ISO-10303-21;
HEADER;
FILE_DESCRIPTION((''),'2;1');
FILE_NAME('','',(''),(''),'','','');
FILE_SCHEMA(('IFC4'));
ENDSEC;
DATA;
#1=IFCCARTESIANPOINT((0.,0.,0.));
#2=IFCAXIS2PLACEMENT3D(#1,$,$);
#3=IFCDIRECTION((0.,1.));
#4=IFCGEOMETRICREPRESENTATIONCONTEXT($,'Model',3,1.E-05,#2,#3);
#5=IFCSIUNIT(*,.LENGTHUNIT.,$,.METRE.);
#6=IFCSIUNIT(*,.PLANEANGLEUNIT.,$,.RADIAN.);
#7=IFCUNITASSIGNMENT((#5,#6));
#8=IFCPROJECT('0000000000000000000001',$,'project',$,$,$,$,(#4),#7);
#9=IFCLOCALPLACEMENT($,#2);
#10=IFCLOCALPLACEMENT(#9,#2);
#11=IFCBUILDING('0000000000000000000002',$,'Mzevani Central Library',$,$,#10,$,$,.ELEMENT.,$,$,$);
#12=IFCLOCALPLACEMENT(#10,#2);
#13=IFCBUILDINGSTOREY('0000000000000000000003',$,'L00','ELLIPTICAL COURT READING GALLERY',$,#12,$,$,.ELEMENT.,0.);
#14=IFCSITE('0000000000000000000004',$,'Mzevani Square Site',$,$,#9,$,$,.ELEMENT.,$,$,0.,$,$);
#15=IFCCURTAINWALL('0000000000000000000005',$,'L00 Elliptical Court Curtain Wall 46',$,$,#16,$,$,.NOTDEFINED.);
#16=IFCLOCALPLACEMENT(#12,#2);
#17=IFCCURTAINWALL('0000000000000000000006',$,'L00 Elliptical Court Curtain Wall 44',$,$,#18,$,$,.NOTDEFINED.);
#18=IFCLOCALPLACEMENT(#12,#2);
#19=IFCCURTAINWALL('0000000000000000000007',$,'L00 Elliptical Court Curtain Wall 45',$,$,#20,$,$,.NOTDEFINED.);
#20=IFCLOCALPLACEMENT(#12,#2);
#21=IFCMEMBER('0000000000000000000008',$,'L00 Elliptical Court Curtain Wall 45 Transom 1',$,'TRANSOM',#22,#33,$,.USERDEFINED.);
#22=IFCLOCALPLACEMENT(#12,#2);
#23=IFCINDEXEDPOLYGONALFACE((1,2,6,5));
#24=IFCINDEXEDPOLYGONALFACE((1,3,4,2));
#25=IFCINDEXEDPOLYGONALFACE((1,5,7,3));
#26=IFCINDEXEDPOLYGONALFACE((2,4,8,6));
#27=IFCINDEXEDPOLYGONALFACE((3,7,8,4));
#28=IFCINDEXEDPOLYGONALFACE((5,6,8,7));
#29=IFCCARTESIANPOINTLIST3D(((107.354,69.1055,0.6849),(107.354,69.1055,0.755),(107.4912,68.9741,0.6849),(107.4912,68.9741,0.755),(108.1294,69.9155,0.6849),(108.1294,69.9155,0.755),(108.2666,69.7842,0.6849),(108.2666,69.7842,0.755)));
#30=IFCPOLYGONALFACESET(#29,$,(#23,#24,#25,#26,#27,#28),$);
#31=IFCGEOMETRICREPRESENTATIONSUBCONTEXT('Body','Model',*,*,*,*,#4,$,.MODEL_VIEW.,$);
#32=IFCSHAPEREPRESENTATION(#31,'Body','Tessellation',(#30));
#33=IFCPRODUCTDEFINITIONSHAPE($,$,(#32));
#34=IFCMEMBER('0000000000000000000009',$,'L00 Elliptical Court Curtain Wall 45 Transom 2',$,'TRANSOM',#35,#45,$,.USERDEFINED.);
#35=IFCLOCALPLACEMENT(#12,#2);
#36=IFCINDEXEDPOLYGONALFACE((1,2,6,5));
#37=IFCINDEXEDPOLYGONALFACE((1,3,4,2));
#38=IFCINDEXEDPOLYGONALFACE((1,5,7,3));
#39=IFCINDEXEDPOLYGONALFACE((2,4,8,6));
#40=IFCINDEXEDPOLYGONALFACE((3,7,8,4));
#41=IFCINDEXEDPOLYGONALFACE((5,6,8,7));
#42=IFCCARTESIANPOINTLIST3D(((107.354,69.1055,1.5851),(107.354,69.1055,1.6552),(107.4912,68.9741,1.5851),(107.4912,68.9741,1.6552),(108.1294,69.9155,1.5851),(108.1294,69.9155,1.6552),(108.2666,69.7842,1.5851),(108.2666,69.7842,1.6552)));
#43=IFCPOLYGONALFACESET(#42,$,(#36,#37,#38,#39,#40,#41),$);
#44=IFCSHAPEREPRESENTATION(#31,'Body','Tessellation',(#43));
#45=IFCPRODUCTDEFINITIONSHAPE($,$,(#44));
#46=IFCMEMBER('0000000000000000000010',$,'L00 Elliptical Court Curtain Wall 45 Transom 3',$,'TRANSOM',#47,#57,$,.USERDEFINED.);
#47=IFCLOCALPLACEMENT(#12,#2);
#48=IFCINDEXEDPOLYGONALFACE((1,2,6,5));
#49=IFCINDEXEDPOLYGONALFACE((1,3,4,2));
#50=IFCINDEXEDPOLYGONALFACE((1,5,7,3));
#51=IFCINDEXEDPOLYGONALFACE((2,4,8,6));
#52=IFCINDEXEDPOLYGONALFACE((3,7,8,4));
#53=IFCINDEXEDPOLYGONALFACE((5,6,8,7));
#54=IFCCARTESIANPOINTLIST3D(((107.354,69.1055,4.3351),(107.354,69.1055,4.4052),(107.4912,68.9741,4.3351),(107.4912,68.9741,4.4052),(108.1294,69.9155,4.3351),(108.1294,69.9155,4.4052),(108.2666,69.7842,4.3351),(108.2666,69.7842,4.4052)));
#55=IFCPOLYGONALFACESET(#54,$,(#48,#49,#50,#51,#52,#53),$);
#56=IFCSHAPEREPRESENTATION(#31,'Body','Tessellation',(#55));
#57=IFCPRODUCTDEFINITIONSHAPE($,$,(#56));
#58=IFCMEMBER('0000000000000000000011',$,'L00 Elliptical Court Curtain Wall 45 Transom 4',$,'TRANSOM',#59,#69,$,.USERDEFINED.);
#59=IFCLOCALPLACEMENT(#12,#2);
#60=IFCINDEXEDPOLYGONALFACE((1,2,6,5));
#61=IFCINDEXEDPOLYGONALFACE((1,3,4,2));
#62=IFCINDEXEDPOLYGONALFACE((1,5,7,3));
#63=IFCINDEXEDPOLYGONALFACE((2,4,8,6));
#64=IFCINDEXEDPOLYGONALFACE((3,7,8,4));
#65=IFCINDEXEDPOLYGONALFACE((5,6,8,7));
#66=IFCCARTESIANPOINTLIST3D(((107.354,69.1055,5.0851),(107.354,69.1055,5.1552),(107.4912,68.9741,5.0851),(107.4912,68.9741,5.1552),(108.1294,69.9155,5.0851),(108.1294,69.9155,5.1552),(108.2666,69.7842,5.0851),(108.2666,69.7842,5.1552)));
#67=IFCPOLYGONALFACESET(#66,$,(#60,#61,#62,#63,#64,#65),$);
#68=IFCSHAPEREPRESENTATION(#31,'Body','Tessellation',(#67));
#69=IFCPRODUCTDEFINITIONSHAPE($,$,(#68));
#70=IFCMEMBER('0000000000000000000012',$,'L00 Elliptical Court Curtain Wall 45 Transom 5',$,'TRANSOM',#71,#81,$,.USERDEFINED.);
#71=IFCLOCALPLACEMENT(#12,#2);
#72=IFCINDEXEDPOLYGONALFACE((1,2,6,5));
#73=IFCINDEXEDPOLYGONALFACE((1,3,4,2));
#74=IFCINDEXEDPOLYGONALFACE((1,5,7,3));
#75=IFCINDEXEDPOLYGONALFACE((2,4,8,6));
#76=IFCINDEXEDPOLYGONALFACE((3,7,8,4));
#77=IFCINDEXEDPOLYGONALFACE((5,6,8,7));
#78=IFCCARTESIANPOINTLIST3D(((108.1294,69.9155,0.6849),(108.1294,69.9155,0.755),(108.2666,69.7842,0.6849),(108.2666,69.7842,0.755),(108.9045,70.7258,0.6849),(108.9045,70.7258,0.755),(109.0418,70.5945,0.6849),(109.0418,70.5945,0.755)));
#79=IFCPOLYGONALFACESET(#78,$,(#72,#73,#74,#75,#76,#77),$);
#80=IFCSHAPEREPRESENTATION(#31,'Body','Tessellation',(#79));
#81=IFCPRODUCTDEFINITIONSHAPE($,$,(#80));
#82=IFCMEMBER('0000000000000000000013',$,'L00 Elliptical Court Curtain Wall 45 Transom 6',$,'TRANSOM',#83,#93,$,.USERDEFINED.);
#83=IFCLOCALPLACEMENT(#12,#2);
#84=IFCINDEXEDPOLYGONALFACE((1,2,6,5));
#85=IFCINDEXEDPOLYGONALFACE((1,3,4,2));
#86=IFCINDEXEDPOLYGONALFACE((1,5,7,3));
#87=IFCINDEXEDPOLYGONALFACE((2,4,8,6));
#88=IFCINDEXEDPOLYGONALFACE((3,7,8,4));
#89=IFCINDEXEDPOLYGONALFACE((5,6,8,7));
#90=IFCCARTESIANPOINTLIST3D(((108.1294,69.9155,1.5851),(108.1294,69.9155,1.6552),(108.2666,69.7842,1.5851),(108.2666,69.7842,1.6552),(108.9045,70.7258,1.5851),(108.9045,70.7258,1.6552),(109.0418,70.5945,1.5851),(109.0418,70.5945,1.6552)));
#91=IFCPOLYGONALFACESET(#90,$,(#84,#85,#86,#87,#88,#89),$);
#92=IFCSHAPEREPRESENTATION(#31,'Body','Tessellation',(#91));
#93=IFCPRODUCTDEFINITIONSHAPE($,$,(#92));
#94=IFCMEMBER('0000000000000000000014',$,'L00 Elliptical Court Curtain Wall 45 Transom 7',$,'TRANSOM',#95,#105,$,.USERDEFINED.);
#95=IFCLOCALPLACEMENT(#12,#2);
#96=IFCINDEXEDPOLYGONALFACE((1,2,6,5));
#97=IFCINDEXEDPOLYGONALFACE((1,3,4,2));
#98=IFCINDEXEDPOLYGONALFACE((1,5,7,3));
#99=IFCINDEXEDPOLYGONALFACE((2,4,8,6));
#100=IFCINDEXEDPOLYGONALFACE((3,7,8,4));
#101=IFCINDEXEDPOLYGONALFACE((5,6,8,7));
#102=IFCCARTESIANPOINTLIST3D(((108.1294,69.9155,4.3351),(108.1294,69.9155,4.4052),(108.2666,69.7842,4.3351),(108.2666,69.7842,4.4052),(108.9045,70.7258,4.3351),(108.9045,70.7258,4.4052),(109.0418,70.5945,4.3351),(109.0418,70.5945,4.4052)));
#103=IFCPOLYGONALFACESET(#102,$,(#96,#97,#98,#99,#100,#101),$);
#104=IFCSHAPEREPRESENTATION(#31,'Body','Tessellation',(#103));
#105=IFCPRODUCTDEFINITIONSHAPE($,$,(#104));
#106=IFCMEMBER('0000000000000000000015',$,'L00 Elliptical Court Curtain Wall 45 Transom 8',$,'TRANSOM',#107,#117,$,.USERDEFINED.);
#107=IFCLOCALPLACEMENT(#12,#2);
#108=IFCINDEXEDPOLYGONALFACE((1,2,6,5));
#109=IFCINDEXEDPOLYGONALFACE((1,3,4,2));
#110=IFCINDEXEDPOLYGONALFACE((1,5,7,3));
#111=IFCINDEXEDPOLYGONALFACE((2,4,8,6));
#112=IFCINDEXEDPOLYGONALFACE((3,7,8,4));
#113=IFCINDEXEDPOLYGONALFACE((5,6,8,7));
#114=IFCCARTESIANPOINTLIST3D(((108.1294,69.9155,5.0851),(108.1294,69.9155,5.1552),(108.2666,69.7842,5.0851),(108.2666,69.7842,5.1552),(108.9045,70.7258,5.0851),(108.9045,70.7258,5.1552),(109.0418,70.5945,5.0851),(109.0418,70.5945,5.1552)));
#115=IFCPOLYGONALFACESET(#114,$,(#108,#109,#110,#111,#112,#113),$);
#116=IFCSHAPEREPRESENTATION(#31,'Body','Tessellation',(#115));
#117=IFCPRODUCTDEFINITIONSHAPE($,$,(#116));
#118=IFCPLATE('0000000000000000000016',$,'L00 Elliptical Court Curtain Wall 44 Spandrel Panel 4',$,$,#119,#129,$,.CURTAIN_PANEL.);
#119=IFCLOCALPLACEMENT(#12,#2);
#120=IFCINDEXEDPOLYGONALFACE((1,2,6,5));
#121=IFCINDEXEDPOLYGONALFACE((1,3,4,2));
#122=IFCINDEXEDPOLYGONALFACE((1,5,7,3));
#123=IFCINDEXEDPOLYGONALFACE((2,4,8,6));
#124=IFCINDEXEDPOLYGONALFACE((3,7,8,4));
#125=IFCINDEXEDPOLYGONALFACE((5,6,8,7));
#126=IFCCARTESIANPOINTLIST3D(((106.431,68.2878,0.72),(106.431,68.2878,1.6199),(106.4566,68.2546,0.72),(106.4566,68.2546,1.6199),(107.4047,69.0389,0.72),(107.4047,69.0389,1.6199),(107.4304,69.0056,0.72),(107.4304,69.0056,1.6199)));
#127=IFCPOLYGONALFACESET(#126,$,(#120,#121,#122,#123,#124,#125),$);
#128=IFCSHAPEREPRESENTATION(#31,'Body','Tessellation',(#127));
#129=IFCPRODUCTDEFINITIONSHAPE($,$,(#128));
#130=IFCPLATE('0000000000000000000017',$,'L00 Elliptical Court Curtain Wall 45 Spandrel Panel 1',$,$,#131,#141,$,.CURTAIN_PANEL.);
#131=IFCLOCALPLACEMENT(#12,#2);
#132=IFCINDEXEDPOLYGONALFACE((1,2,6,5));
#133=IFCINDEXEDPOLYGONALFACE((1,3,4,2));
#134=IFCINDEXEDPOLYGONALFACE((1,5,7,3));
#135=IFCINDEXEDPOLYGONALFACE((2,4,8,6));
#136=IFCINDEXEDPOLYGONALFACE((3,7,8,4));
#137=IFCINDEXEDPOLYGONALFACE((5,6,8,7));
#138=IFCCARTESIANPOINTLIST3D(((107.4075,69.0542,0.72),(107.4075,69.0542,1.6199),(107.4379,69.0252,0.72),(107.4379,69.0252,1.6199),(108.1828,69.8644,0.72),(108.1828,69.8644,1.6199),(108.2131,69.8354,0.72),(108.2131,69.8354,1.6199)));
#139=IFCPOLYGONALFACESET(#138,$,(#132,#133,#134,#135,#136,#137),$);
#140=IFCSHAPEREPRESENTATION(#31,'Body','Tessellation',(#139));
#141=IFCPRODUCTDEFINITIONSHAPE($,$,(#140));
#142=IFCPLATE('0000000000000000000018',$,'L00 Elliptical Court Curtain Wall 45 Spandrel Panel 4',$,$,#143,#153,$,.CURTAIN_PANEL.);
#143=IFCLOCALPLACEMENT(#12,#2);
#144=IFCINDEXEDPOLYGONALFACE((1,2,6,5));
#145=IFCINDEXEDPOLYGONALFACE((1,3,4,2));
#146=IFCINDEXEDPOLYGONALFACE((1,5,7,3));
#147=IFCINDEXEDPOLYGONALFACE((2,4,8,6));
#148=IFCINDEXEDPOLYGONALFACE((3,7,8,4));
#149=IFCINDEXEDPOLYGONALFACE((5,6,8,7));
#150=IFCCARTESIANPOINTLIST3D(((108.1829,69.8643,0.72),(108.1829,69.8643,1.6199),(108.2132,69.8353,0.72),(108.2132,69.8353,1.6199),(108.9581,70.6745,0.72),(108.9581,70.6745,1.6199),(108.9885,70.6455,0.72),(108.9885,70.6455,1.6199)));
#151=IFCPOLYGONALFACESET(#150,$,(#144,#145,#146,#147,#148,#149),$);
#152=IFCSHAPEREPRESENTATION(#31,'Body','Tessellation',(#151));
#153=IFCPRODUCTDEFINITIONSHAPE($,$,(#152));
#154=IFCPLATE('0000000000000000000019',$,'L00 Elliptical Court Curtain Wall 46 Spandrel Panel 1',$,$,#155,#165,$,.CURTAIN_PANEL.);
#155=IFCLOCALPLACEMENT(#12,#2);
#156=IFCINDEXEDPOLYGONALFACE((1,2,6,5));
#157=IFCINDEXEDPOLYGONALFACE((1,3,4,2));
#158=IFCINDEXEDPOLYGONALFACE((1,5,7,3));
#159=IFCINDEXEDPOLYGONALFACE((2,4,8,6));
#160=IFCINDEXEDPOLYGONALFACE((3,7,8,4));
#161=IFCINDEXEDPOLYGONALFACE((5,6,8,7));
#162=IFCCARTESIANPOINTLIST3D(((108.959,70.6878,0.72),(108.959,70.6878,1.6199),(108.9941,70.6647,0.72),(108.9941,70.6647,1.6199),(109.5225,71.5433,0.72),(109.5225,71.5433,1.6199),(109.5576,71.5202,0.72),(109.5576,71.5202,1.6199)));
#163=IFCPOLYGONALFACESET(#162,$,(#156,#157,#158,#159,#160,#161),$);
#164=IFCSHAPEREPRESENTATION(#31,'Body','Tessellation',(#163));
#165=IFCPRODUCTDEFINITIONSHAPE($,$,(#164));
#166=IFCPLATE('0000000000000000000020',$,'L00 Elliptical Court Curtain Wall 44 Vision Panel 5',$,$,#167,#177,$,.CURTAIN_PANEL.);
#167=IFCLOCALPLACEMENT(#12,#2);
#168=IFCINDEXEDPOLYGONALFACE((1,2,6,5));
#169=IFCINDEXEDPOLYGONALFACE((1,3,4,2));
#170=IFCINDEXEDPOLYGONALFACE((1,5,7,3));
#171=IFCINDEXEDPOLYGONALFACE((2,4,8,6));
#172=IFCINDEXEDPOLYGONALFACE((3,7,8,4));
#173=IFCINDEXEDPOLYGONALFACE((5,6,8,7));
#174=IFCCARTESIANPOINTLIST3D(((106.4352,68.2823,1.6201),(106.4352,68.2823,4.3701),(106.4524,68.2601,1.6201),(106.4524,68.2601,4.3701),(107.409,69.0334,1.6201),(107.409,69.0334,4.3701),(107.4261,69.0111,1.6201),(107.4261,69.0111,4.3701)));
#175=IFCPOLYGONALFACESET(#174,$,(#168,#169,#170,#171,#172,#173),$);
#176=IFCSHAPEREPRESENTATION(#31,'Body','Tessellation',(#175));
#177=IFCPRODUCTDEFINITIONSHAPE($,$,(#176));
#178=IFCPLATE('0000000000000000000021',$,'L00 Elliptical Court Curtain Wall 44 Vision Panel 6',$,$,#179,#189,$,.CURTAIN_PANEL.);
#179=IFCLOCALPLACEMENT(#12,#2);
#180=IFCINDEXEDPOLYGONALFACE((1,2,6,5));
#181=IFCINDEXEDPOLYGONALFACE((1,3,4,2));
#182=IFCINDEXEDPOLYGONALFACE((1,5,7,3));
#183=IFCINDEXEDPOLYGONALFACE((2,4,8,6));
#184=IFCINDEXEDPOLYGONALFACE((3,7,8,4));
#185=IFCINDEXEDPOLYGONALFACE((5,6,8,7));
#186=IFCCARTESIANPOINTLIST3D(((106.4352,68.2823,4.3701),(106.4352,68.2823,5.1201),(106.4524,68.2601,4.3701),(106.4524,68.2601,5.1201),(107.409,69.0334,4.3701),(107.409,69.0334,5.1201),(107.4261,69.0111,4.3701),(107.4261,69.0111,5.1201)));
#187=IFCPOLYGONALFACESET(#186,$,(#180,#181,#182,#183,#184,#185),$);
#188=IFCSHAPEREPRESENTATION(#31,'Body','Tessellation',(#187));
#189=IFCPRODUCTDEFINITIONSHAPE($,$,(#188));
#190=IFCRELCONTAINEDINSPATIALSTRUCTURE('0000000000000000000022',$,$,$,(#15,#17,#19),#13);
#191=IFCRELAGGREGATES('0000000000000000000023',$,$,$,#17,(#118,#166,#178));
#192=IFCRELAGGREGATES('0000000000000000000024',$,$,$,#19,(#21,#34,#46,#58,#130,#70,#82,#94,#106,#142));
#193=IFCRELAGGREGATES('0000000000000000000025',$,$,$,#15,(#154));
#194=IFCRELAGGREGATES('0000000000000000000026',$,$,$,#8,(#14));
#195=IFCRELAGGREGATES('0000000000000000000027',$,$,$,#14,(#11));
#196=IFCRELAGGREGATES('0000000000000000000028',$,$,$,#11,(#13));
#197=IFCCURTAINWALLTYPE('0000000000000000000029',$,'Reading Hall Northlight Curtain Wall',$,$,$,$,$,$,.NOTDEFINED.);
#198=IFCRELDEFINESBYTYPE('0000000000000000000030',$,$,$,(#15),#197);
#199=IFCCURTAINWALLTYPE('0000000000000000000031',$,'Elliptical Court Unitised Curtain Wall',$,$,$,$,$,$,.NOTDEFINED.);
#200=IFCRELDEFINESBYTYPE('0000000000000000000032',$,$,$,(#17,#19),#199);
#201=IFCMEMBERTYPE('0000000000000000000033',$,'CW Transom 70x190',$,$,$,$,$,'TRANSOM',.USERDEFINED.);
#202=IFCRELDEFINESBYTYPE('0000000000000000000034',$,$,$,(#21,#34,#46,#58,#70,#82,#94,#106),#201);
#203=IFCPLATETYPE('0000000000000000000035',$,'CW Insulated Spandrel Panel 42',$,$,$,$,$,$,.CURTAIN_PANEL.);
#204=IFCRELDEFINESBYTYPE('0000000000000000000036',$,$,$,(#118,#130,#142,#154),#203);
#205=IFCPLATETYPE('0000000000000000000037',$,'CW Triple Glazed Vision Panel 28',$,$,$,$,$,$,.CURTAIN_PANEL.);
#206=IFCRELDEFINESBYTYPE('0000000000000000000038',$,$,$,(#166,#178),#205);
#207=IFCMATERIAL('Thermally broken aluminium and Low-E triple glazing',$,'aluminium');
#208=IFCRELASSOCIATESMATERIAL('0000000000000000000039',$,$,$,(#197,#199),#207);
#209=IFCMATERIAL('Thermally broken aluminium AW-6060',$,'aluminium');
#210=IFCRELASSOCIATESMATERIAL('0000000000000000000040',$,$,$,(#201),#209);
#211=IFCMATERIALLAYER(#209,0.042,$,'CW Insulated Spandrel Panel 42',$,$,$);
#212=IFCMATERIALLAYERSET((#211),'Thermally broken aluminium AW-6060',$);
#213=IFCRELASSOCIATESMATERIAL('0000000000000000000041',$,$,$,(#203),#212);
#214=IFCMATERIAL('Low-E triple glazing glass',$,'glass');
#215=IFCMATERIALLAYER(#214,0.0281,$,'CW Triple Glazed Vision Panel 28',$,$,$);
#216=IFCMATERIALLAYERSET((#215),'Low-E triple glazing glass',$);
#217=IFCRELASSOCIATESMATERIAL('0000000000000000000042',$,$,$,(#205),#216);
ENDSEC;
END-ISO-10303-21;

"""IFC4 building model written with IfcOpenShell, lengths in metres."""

from ifc_helpers import new_model, si_unit, direction, frame, origin, origin_2d, place, context, subcontext, project, spatial, rectangle, extrude, material, layer, layer_set, material_profile, profile_set, type_object, element, aggregate, save


model = new_model("IFC4")

# Units and contexts
model_context = context("Model", 3, precision=1e-05, world=origin(), true_north=direction((0.0, 1.0)))
body_context = subcontext(model_context, "Body", "Model", "MODEL_VIEW")
ifc_project = project(units=[si_unit("LENGTHUNIT", "METRE"), si_unit("PLANEANGLEUNIT", "RADIAN")], contexts=[model_context])

# Site, building, storey
site_placement = place(None, origin())
site = spatial("IfcSite", under=ifc_project, at=site_placement, Name="Mzevani Square Site", CompositionType="ELEMENT", RefElevation=0.0)
building_placement = place(site_placement, origin())
building = spatial("IfcBuilding", under=site, at=building_placement, Name="Mzevani Central Library", CompositionType="ELEMENT")
storey_placement = place(building_placement, origin())
storey = spatial("IfcBuildingStorey", under=building, at=storey_placement, Name="L00", Description="ELLIPTICAL COURT READING GALLERY", CompositionType="ELEMENT", Elevation=0.0)

# Curtain walls
ifc_material_1 = material(Name="Thermally broken aluminium and Low-E triple glazing", Category="aluminium")
curtain_wall_type_1 = type_object("IfcCurtainWallType", Name="Reading Hall Northlight Curtain Wall", PredefinedType="NOTDEFINED", material=ifc_material_1)
curtain_wall_1_placement = place(storey_placement, origin())
curtain_wall_1 = element("IfcCurtainWall", 1, at=curtain_wall_1_placement, inside=storey, type_object=curtain_wall_type_1, Name="L00 Elliptical Court Curtain Wall 46", PredefinedType="NOTDEFINED")
ifc_material_2 = material(Name="Thermally broken aluminium AW-6060", Category="aluminium")
curtain_wall_type_2 = type_object("IfcCurtainWallType", Name="Elliptical Court Unitised Curtain Wall", PredefinedType="NOTDEFINED", material=ifc_material_1)
curtain_wall_2_placement = place(storey_placement, origin())
curtain_wall_2 = element("IfcCurtainWall", 2, at=curtain_wall_2_placement, inside=storey, type_object=curtain_wall_type_2, Name="L00 Elliptical Court Curtain Wall 44", PredefinedType="NOTDEFINED")

# Curtain wall
curtain_wall_3_placement = place(storey_placement, origin())
curtain_wall_3 = element("IfcCurtainWall", 3, at=curtain_wall_3_placement, inside=storey, type_object=curtain_wall_type_2, Name="L00 Elliptical Court Curtain Wall 45", PredefinedType="NOTDEFINED")

# Members
ifc_material_profile_1 = material_profile(ifc_material_2, rectangle(XDim=0.1899, YDim=0.0701, at=origin_2d()), Name="ALU T70x190")
ifc_profile_set_1 = profile_set([ifc_material_profile_1], Name="Thermally broken aluminium AW-6060")
member_type_1 = type_object("IfcMemberType", Name="CW Transom 70x190", ElementType="TRANSOM", PredefinedType="USERDEFINED", material=ifc_profile_set_1)
member_1_placement = place(storey_placement, frame((107.4226, 69.0398, 0.72), z_axis=(0.69148, 0.722396, 0.0), x_axis=(-0.722396, 0.69148, 0.0)))
member_1 = element("IfcMember", 4, at=member_1_placement, type_object=member_type_1, Name="L00 Elliptical Court Curtain Wall 45 Transom 1", ObjectType="TRANSOM", PredefinedType="USERDEFINED", context=body_context, shape_type="SweptSolid", body=[
    extrude(rectangle(XDim=0.1899, YDim=0.0701, at=origin_2d()), origin(), (0.0, 0.0, 1.0), 1.1213),
])
member_2_placement = place(storey_placement, frame((107.4226, 69.0398, 1.6201), z_axis=(0.69148, 0.722396, 0.0), x_axis=(-0.722396, 0.69148, 0.0)))
member_2 = element("IfcMember", 5, at=member_2_placement, type_object=member_type_1, Name="L00 Elliptical Court Curtain Wall 45 Transom 2", ObjectType="TRANSOM", PredefinedType="USERDEFINED", context=body_context, shape_type="SweptSolid", body=[
    extrude(rectangle(XDim=0.1899, YDim=0.0701, at=origin_2d()), origin(), (0.0, 0.0, 1.0), 1.1213),
])
member_3_placement = place(storey_placement, frame((107.4226, 69.0398, 4.3701), z_axis=(0.69148, 0.722396, 0.0), x_axis=(-0.722396, 0.69148, 0.0)))
member_3 = element("IfcMember", 6, at=member_3_placement, type_object=member_type_1, Name="L00 Elliptical Court Curtain Wall 45 Transom 3", ObjectType="TRANSOM", PredefinedType="USERDEFINED", context=body_context, shape_type="SweptSolid", body=[
    extrude(rectangle(XDim=0.1899, YDim=0.0701, at=origin_2d()), origin(), (0.0, 0.0, 1.0), 1.1213),
])
member_4_placement = place(storey_placement, frame((107.4226, 69.0398, 5.1201), z_axis=(0.69148, 0.722396, 0.0), x_axis=(-0.722396, 0.69148, 0.0)))
member_4 = element("IfcMember", 7, at=member_4_placement, type_object=member_type_1, Name="L00 Elliptical Court Curtain Wall 45 Transom 4", ObjectType="TRANSOM", PredefinedType="USERDEFINED", context=body_context, shape_type="SweptSolid", body=[
    extrude(rectangle(XDim=0.1899, YDim=0.0701, at=origin_2d()), origin(), (0.0, 0.0, 1.0), 1.1213),
])
member_5_placement = place(storey_placement, frame((108.198, 69.8499, 0.72), z_axis=(0.691257, 0.722609, 0.0), x_axis=(-0.722609, 0.691257, 0.0)))
member_5 = element("IfcMember", 8, at=member_5_placement, type_object=member_type_1, Name="L00 Elliptical Court Curtain Wall 45 Transom 5", ObjectType="TRANSOM", PredefinedType="USERDEFINED", context=body_context, shape_type="SweptSolid", body=[
    extrude(rectangle(XDim=0.1899, YDim=0.0701, at=origin_2d()), origin(), (0.0, 0.0, 1.0), 1.1213),
])
member_6_placement = place(storey_placement, frame((108.198, 69.8499, 1.6201), z_axis=(0.691257, 0.722609, 0.0), x_axis=(-0.722609, 0.691257, 0.0)))
member_6 = element("IfcMember", 9, at=member_6_placement, type_object=member_type_1, Name="L00 Elliptical Court Curtain Wall 45 Transom 6", ObjectType="TRANSOM", PredefinedType="USERDEFINED", context=body_context, shape_type="SweptSolid", body=[
    extrude(rectangle(XDim=0.1899, YDim=0.0701, at=origin_2d()), origin(), (0.0, 0.0, 1.0), 1.1213),
])
member_7_placement = place(storey_placement, frame((108.198, 69.8499, 4.3701), z_axis=(0.691257, 0.722609, 0.0), x_axis=(-0.722609, 0.691257, 0.0)))
member_7 = element("IfcMember", 10, at=member_7_placement, type_object=member_type_1, Name="L00 Elliptical Court Curtain Wall 45 Transom 7", ObjectType="TRANSOM", PredefinedType="USERDEFINED", context=body_context, shape_type="SweptSolid", body=[
    extrude(rectangle(XDim=0.1899, YDim=0.0701, at=origin_2d()), origin(), (0.0, 0.0, 1.0), 1.1213),
])
member_8_placement = place(storey_placement, frame((108.198, 69.8499, 5.1201), z_axis=(0.691257, 0.722609, 0.0), x_axis=(-0.722609, 0.691257, 0.0)))
member_8 = element("IfcMember", 11, at=member_8_placement, type_object=member_type_1, Name="L00 Elliptical Court Curtain Wall 45 Transom 8", ObjectType="TRANSOM", PredefinedType="USERDEFINED", context=body_context, shape_type="SweptSolid", body=[
    extrude(rectangle(XDim=0.1899, YDim=0.0701, at=origin_2d()), origin(), (0.0, 0.0, 1.0), 1.1213),
])

# Plates
ifc_layer_1 = layer(ifc_material_2, 0.042, Name="CW Insulated Spandrel Panel 42")
ifc_layer_set_1 = layer_set([ifc_layer_1], Name="Thermally broken aluminium AW-6060")
plate_type_1 = type_object("IfcPlateType", Name="CW Insulated Spandrel Panel 42", PredefinedType="CURTAIN_PANEL", material=ifc_layer_set_1)
plate_1_placement = place(storey_placement, frame((106.9307, 68.6467, 0.72), z_axis=(0.0, 0.0, 1.0), x_axis=(0.791828, 0.610744, 0.0)))
plate_1 = element("IfcPlate", 12, at=plate_1_placement, type_object=plate_type_1, Name="L00 Elliptical Court Curtain Wall 44 Spandrel Panel 4", PredefinedType="CURTAIN_PANEL", context=body_context, shape_type="SweptSolid", body=[
    extrude(rectangle(XDim=1.2297, YDim=0.042, at=origin_2d()), origin(), (0.0, 0.0, 1.0), 0.8999),
])
plate_2_placement = place(storey_placement, frame((107.8103, 69.4448, 0.72), z_axis=(0.0, 0.0, 1.0), x_axis=(0.691352, 0.722518, 0.0)))
plate_2 = element("IfcPlate", 13, at=plate_2_placement, type_object=plate_type_1, Name="L00 Elliptical Court Curtain Wall 45 Spandrel Panel 1", PredefinedType="CURTAIN_PANEL", context=body_context, shape_type="SweptSolid", body=[
    extrude(rectangle(XDim=1.1213, YDim=0.042, at=origin_2d()), origin(), (0.0, 0.0, 1.0), 0.8999),
])
plate_3_placement = place(storey_placement, frame((108.5857, 70.2549, 0.72), z_axis=(0.0, 0.0, 1.0), x_axis=(0.691352, 0.722518, 0.0)))
plate_3 = element("IfcPlate", 14, at=plate_3_placement, type_object=plate_type_1, Name="L00 Elliptical Court Curtain Wall 45 Spandrel Panel 4", PredefinedType="CURTAIN_PANEL", context=body_context, shape_type="SweptSolid", body=[
    extrude(rectangle(XDim=1.1213, YDim=0.042, at=origin_2d()), origin(), (0.0, 0.0, 1.0), 0.8999),
])
plate_4_placement = place(storey_placement, frame((109.2583, 71.104, 0.72), z_axis=(0.0, 0.0, 1.0), x_axis=(0.550028, 0.835147, 0.0)))
plate_4 = element("IfcPlate", 15, at=plate_4_placement, type_object=plate_type_1, Name="L00 Elliptical Court Curtain Wall 46 Spandrel Panel 1", PredefinedType="CURTAIN_PANEL", context=body_context, shape_type="SweptSolid", body=[
    extrude(rectangle(XDim=1.0244, YDim=0.042, at=origin_2d()), origin(), (0.0, 0.0, 1.0), 0.8999),
])
ifc_material_3 = material(Name="Low-E triple glazing glass", Category="glass")
ifc_layer_2 = layer(ifc_material_3, 0.0281, Name="CW Triple Glazed Vision Panel 28")
ifc_layer_set_2 = layer_set([ifc_layer_2], Name="Low-E triple glazing glass")
plate_type_2 = type_object("IfcPlateType", Name="CW Triple Glazed Vision Panel 28", PredefinedType="CURTAIN_PANEL", material=ifc_layer_set_2)
plate_5_placement = place(storey_placement, frame((106.9307, 68.6467, 1.6201), z_axis=(0.0, 0.0, 1.0), x_axis=(0.791828, 0.610744, 0.0)))
plate_5 = element("IfcPlate", 16, at=plate_5_placement, type_object=plate_type_2, Name="L00 Elliptical Court Curtain Wall 44 Vision Panel 5", PredefinedType="CURTAIN_PANEL", context=body_context, shape_type="SweptSolid", body=[
    extrude(rectangle(XDim=1.2297, YDim=0.0281, at=origin_2d()), origin(), (0.0, 0.0, 1.0), 2.75),
])
plate_6_placement = place(storey_placement, frame((106.9307, 68.6467, 4.3701), z_axis=(0.0, 0.0, 1.0), x_axis=(0.791828, 0.610744, 0.0)))
plate_6 = element("IfcPlate", 17, at=plate_6_placement, type_object=plate_type_2, Name="L00 Elliptical Court Curtain Wall 44 Vision Panel 6", PredefinedType="CURTAIN_PANEL", context=body_context, shape_type="SweptSolid", body=[
    extrude(rectangle(XDim=1.2297, YDim=0.0281, at=origin_2d()), origin(), (0.0, 0.0, 1.0), 0.75),
])
aggregate(curtain_wall_2, [plate_1, plate_5, plate_6])
aggregate(curtain_wall_3, [member_1, member_2, member_3, member_4, plate_2, member_5, member_6, member_7, member_8, plate_3])
aggregate(curtain_wall_1, [plate_4])

save(model, "model.ifc")
